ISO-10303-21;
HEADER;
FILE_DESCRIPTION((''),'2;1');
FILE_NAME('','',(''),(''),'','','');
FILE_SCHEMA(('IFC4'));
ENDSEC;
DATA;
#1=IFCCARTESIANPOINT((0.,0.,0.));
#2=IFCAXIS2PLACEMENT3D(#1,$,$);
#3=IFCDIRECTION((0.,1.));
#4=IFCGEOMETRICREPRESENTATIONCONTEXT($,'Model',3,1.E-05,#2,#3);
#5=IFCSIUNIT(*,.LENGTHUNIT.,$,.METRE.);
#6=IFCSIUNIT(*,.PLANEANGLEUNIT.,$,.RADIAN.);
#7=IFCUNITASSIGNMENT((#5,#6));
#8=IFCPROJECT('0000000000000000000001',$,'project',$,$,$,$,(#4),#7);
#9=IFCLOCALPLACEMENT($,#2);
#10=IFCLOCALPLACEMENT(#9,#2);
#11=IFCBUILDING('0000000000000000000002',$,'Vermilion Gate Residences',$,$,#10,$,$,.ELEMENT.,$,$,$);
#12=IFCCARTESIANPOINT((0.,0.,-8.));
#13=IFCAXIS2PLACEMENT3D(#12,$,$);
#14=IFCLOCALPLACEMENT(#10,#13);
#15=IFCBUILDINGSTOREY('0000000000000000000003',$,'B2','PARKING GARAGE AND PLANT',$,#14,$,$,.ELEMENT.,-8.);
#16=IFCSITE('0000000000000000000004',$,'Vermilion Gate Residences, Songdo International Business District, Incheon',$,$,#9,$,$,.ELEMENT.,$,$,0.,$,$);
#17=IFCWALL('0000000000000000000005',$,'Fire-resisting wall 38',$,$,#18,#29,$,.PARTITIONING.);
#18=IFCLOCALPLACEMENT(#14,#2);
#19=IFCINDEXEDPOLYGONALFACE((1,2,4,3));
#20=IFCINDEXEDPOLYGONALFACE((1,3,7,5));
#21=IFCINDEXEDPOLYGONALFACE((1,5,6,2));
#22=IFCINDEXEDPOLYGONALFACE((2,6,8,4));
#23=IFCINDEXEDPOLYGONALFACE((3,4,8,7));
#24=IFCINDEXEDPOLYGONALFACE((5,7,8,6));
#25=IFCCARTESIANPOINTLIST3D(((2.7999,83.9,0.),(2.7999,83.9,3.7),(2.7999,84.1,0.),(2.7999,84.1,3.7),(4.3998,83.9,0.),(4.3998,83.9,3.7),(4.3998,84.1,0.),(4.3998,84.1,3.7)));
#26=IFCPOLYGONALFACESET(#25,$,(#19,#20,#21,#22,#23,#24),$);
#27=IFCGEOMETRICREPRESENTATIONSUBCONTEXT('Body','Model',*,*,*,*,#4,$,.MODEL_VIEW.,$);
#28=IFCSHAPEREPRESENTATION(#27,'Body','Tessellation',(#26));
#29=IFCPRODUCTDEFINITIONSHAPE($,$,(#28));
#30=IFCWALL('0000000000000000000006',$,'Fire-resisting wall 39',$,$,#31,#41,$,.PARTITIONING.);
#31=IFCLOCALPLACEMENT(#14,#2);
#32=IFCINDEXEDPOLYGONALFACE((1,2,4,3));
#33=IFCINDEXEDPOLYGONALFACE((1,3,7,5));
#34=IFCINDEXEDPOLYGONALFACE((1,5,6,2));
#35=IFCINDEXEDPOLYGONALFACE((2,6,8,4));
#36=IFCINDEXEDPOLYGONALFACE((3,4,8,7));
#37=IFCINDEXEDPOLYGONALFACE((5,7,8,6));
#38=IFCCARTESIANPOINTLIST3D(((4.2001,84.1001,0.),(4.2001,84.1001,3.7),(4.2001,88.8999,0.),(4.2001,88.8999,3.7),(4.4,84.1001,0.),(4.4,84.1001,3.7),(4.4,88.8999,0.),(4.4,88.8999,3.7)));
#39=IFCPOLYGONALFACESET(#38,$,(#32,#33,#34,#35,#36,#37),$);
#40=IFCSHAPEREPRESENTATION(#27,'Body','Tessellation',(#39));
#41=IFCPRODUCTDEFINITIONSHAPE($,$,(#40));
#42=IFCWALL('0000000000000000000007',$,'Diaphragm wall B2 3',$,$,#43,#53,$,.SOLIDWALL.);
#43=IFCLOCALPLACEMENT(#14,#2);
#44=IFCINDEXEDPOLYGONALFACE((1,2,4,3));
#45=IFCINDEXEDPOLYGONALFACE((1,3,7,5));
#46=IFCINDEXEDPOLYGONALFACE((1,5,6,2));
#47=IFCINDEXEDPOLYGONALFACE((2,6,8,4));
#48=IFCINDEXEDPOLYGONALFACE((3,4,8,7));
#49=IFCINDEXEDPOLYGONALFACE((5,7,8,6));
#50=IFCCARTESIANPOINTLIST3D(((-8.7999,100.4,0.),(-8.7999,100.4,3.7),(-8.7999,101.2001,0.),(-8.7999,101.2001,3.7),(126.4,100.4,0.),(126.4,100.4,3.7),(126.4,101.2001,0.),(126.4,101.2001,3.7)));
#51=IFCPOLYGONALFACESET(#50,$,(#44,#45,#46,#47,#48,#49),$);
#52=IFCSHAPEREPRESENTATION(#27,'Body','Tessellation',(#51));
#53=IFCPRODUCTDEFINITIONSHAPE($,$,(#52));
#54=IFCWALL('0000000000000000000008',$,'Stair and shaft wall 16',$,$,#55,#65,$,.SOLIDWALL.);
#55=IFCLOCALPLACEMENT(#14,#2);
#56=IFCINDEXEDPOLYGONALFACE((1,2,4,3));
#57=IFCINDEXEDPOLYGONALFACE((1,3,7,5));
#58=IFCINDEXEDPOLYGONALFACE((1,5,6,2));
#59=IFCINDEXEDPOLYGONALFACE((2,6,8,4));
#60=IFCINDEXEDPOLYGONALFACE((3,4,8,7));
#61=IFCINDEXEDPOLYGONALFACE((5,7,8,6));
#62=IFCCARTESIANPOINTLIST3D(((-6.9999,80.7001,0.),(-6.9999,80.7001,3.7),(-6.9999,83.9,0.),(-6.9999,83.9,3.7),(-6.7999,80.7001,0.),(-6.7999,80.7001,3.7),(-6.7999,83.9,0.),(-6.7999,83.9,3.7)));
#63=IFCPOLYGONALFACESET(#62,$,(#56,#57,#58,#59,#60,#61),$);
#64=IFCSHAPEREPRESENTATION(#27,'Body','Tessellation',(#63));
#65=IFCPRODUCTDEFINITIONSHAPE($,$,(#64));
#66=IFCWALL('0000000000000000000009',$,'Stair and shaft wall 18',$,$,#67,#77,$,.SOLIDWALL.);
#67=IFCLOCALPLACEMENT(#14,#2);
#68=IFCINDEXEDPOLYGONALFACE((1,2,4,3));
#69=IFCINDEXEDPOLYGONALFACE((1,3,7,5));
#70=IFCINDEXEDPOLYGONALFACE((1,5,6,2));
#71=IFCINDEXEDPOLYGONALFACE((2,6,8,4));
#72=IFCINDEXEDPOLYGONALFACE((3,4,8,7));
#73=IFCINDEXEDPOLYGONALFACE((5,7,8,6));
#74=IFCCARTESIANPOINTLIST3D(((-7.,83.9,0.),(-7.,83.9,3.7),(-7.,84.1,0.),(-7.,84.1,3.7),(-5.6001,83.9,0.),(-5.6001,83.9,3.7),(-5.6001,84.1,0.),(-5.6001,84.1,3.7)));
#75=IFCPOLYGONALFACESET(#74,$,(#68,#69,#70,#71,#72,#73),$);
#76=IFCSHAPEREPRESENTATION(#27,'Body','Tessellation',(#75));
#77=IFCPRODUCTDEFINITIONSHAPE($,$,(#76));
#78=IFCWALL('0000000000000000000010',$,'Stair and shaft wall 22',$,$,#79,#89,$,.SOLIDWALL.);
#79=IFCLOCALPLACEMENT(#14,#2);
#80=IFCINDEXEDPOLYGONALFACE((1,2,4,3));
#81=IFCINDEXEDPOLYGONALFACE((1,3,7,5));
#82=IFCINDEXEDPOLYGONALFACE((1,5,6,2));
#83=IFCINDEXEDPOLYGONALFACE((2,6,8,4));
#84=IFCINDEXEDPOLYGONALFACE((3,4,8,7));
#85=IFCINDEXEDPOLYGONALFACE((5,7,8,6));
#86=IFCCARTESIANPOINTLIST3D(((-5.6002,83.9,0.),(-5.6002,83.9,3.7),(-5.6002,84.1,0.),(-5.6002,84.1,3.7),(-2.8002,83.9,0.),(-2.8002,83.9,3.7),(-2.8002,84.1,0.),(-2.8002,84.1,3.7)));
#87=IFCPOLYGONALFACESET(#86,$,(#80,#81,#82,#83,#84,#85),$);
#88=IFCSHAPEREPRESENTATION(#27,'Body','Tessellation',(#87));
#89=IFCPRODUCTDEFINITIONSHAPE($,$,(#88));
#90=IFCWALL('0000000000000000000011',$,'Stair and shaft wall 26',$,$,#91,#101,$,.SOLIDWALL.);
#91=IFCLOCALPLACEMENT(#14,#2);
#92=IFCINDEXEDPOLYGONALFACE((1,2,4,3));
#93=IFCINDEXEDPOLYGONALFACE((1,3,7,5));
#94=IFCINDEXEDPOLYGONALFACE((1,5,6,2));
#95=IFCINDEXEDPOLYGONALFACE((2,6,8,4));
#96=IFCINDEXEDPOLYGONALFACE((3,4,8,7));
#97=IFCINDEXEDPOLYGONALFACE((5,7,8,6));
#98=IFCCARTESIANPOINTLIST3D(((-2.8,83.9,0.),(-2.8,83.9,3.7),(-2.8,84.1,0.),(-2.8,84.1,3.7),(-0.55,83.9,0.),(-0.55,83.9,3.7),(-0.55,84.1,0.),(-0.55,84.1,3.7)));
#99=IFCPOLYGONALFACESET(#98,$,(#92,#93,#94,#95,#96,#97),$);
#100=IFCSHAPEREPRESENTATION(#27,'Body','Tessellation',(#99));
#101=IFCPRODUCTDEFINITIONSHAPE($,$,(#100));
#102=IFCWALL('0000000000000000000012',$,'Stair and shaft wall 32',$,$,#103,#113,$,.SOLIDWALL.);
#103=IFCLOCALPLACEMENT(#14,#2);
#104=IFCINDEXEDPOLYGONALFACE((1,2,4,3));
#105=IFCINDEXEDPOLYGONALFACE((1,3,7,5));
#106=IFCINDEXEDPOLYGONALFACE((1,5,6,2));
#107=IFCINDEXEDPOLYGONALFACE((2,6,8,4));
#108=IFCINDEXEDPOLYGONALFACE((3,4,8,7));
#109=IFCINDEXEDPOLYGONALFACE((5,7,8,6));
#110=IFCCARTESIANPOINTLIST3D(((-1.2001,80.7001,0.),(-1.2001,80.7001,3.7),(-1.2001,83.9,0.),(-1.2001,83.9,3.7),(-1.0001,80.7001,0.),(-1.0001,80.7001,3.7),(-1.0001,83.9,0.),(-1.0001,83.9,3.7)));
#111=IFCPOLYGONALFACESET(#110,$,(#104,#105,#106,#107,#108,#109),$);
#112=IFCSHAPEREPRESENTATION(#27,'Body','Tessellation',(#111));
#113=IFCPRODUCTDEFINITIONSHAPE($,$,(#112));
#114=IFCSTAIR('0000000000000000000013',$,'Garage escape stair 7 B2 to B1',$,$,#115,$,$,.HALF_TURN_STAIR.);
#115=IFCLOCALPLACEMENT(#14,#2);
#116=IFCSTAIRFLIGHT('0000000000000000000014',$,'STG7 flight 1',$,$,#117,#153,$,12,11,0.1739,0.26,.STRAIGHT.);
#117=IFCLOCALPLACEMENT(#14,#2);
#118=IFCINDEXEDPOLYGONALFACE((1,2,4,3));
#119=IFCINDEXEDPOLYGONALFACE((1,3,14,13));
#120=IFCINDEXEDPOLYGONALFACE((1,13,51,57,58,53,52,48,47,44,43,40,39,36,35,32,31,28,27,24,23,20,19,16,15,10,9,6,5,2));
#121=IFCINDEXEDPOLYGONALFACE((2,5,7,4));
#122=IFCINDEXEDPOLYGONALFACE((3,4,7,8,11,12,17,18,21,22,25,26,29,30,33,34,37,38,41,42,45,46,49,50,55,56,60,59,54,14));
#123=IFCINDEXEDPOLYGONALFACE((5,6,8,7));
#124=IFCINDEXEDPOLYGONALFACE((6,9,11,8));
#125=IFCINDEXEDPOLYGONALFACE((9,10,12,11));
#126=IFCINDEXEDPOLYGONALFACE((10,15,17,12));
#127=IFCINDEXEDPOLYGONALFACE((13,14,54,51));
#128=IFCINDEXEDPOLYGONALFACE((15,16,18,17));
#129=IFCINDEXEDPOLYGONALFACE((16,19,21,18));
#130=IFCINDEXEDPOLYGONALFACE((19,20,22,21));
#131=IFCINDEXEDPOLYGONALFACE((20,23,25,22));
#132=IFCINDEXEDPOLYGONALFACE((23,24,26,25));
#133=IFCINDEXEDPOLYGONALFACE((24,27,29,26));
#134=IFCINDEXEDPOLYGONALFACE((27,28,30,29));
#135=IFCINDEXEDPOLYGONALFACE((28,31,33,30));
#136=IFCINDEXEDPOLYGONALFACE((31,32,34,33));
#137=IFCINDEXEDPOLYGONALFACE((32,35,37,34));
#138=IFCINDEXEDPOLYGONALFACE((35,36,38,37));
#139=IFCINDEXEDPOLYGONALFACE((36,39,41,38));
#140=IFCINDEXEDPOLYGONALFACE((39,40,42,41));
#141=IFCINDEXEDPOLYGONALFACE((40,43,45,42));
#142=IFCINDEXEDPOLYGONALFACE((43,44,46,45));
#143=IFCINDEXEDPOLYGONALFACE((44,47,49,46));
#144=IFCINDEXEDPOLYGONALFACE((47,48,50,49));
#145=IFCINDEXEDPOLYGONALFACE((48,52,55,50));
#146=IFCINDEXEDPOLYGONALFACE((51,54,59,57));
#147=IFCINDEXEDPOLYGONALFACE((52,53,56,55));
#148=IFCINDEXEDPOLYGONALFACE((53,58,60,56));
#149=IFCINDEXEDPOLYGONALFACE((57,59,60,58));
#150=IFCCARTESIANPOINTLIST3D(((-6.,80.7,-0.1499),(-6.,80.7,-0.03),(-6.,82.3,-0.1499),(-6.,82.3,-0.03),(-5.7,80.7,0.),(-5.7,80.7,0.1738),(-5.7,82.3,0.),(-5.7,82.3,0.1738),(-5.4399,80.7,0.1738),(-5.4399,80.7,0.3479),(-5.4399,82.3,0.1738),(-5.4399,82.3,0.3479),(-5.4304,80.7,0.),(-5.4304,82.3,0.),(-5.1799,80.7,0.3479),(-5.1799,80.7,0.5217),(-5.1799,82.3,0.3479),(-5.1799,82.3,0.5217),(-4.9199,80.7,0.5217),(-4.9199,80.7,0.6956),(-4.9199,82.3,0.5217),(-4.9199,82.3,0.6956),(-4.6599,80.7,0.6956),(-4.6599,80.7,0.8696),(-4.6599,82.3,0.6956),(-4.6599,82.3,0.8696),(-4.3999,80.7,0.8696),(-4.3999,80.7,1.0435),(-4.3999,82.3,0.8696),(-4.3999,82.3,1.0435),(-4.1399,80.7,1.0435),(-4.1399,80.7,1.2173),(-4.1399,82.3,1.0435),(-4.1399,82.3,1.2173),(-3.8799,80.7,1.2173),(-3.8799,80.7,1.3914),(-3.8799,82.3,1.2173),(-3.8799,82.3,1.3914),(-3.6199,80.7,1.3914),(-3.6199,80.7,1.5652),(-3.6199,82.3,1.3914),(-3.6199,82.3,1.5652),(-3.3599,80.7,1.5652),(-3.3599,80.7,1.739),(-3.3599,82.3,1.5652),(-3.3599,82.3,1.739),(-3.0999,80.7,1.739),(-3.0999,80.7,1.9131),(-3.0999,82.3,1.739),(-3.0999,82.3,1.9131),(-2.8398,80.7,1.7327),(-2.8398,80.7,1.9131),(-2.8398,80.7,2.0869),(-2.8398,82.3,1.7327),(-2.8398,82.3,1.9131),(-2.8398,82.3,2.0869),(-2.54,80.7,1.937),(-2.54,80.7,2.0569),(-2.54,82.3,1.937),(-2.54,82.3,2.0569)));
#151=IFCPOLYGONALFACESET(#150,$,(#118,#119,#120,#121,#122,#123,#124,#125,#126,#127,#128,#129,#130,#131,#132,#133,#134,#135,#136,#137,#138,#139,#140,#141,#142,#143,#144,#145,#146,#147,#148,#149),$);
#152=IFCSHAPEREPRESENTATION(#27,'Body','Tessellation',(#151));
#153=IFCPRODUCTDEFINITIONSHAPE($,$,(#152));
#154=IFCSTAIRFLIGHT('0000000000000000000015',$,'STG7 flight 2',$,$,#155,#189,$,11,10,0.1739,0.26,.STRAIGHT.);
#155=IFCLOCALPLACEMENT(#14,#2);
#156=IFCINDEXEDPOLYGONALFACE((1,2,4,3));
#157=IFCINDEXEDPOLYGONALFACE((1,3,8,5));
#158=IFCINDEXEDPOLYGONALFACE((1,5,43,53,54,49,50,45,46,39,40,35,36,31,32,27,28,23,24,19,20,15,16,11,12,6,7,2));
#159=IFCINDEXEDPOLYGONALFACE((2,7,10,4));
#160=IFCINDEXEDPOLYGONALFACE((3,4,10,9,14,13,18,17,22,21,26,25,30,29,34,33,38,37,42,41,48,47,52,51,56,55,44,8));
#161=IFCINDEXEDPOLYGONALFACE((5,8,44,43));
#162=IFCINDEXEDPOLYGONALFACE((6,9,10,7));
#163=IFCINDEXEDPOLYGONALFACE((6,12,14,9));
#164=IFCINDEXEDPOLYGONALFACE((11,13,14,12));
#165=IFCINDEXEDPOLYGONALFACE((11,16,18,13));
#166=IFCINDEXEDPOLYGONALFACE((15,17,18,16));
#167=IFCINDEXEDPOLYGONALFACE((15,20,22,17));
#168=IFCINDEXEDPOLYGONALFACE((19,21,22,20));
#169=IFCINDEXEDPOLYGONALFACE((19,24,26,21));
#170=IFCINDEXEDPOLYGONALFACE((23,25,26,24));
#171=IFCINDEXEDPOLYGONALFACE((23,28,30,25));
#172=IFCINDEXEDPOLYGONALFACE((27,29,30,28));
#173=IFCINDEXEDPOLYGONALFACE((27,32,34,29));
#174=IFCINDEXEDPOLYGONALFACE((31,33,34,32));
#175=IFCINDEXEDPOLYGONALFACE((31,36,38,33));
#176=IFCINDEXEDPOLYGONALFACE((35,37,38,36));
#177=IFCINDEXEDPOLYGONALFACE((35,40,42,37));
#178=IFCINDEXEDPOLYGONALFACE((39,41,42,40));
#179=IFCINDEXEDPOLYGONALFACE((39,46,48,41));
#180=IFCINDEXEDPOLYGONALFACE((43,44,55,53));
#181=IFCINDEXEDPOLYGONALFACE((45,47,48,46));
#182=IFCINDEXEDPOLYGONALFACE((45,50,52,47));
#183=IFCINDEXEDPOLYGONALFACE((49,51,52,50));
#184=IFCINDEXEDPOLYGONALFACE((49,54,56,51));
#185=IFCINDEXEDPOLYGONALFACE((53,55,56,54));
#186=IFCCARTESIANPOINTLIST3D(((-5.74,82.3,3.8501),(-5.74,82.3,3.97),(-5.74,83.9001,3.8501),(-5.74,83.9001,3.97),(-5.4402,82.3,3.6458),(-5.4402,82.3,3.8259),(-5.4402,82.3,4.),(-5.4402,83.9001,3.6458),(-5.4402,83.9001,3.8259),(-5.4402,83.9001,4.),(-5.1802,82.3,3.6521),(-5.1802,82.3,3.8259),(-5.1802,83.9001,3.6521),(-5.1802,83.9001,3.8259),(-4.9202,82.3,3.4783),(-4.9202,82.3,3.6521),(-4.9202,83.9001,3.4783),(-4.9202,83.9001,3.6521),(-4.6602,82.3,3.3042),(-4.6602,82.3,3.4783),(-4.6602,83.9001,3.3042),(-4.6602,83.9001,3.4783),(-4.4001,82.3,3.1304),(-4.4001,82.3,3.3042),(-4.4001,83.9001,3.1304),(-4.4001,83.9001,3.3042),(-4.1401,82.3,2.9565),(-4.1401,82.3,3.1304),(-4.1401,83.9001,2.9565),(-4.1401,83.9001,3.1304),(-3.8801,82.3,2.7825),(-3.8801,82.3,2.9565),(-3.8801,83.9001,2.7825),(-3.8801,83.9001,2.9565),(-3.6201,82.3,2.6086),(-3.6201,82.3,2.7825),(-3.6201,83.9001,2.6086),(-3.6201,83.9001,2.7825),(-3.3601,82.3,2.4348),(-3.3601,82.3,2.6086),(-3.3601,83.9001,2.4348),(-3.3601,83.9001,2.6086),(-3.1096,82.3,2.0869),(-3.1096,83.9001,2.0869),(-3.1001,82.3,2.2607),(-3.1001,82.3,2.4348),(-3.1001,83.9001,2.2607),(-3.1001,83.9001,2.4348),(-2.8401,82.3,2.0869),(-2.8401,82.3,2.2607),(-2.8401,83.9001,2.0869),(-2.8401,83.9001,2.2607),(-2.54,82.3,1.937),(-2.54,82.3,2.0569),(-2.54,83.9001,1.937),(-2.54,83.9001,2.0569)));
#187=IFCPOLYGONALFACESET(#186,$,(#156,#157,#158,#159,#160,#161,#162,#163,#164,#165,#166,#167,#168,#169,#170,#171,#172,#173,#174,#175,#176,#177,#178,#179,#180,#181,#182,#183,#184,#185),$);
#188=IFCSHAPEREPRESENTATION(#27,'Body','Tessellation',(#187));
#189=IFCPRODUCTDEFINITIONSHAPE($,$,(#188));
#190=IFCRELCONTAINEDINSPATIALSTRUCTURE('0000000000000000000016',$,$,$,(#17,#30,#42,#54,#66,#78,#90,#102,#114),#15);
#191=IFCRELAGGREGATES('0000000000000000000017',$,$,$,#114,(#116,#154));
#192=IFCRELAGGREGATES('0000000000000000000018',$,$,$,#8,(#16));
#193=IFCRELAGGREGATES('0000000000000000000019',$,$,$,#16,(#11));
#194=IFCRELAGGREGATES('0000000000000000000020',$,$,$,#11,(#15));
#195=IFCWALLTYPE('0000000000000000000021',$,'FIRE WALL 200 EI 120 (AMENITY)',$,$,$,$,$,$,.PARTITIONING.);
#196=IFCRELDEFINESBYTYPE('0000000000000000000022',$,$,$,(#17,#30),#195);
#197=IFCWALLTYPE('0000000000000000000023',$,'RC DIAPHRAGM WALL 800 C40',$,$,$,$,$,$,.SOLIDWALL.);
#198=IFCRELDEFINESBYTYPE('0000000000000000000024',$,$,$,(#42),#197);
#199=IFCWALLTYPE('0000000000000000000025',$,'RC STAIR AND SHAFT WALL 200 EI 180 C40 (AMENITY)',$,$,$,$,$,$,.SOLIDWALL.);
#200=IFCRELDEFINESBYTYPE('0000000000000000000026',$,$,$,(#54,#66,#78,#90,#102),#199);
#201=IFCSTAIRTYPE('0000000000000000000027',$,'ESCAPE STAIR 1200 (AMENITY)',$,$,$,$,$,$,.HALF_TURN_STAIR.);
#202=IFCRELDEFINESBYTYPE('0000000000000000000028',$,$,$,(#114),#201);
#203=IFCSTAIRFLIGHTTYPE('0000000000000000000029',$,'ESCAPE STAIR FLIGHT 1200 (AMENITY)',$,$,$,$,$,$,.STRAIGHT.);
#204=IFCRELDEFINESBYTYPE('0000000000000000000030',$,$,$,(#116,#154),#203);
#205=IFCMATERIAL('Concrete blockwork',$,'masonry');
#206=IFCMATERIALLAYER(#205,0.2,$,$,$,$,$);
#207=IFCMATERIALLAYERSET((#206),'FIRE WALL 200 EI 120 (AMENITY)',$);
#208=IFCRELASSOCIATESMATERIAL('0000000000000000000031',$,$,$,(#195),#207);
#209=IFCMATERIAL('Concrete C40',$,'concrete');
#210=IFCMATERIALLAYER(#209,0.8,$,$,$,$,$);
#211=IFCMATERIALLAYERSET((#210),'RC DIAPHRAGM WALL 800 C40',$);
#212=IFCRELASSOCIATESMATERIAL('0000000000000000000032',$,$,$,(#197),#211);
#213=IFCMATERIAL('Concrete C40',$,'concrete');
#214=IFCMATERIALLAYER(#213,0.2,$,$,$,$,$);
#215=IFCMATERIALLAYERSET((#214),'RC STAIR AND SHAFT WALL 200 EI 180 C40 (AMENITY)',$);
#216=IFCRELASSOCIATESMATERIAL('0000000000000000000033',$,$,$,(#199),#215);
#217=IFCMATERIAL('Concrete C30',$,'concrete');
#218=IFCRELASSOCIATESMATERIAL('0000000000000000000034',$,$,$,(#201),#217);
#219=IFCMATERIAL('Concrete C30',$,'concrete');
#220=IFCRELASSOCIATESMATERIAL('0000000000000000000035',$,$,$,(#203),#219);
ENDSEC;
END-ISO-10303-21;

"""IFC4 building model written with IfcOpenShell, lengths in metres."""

from ifc_helpers import new_model, si_unit, direction, frame, frame_2d, origin, place, context, subcontext, project, spatial, polyline, rectangle, outline, extrude, material, layer, layer_set, type_object, element, aggregate, save


model = new_model("IFC4")

# Units and contexts
model_context = context("Model", 3, precision=1e-05, world=origin(), true_north=direction((0.0, 1.0)))
body_context = subcontext(model_context, "Body", "Model", "MODEL_VIEW")
ifc_project = project(units=[si_unit("LENGTHUNIT", "METRE"), si_unit("PLANEANGLEUNIT", "RADIAN")], contexts=[model_context])

# Site, building, storey
site_placement = place(None, origin())
site = spatial("IfcSite", under=ifc_project, at=site_placement, Name="Vermilion Gate Residences, Songdo International Business District, Incheon", CompositionType="ELEMENT", RefElevation=0.0)
building_placement = place(site_placement, origin())
building = spatial("IfcBuilding", under=site, at=building_placement, Name="Vermilion Gate Residences", CompositionType="ELEMENT")
storey_placement = place(building_placement, frame((0.0, 0.0, -8.0)))
storey = spatial("IfcBuildingStorey", under=building, at=storey_placement, Name="B2", Description="PARKING GARAGE AND PLANT", CompositionType="ELEMENT", Elevation=-8.0)

# Shared definitions
ifc_material_1 = material(Name="Concrete blockwork", Category="masonry")
ifc_layer_1 = layer(ifc_material_1, 0.2)
ifc_layer_set_1 = layer_set([ifc_layer_1], Name="FIRE WALL 200 EI 120 (AMENITY)")
wall_type_1 = type_object("IfcWallType", Name="FIRE WALL 200 EI 120 (AMENITY)", PredefinedType="PARTITIONING", material=ifc_layer_set_1)

# Walls
wall_1_placement = place(storey_placement, frame((2.8, 84.0, 0.0), z_axis=(0.0, 0.0, 1.0), x_axis=(1.0, 0.0, 0.0)))
element("IfcWall", 1, at=wall_1_placement, inside=storey, type_object=wall_type_1, Name="Fire-resisting wall 38", PredefinedType="PARTITIONING", context=body_context, shape_type="SweptSolid", body=[
    extrude(rectangle(XDim=1.5999, YDim=0.2, at=frame_2d((0.7998, 0.0))), origin(), (0.0, 0.0, 1.0), 3.7),
])
wall_2_placement = place(storey_placement, frame((4.3, 84.1001, 0.0), z_axis=(0.0, 0.0, 1.0), x_axis=(0.0, 1.0, 0.0)))
element("IfcWall", 2, at=wall_2_placement, inside=storey, type_object=wall_type_1, Name="Fire-resisting wall 39", PredefinedType="PARTITIONING", context=body_context, shape_type="SweptSolid", body=[
    extrude(rectangle(XDim=4.7998, YDim=0.2, at=frame_2d((2.3999, 0.0))), origin(), (0.0, 0.0, 1.0), 3.7),
])
ifc_material_2 = material(Name="Concrete C40", Category="concrete")
ifc_layer_2 = layer(ifc_material_2, 0.8)
ifc_layer_set_2 = layer_set([ifc_layer_2], Name="RC DIAPHRAGM WALL 800 C40")
wall_type_2 = type_object("IfcWallType", Name="RC DIAPHRAGM WALL 800 C40", PredefinedType="SOLIDWALL", material=ifc_layer_set_2)
wall_3_placement = place(storey_placement, frame((-8.8, 100.8, 0.0), z_axis=(0.0, 0.0, 1.0), x_axis=(1.0, 0.0, 0.0)))
element("IfcWall", 3, at=wall_3_placement, inside=storey, type_object=wall_type_2, Name="Diaphragm wall B2 3", PredefinedType="SOLIDWALL", context=body_context, shape_type="SweptSolid", body=[
    extrude(rectangle(XDim=135.2, YDim=0.8, at=frame_2d((67.6001, 0.0))), origin(), (0.0, 0.0, 1.0), 3.7),
])
ifc_material_3 = material(Name="Concrete C40", Category="concrete")
ifc_layer_3 = layer(ifc_material_3, 0.2)
ifc_layer_set_3 = layer_set([ifc_layer_3], Name="RC STAIR AND SHAFT WALL 200 EI 180 C40 (AMENITY)")
wall_type_3 = type_object("IfcWallType", Name="RC STAIR AND SHAFT WALL 200 EI 180 C40 (AMENITY)", PredefinedType="SOLIDWALL", material=ifc_layer_set_3)
wall_4_placement = place(storey_placement, frame((-6.8999, 80.7, 0.0), z_axis=(0.0, 0.0, 1.0), x_axis=(0.0, 1.0, 0.0)))
element("IfcWall", 4, at=wall_4_placement, inside=storey, type_object=wall_type_3, Name="Stair and shaft wall 16", PredefinedType="SOLIDWALL", context=body_context, shape_type="SweptSolid", body=[
    extrude(rectangle(XDim=3.2, YDim=0.2, at=frame_2d((1.6001, 0.0))), origin(), (0.0, 0.0, 1.0), 3.7),
])
wall_5_placement = place(storey_placement, frame((-7.0, 84.0, 0.0), z_axis=(0.0, 0.0, 1.0), x_axis=(1.0, 0.0, 0.0)))
element("IfcWall", 5, at=wall_5_placement, inside=storey, type_object=wall_type_3, Name="Stair and shaft wall 18", PredefinedType="SOLIDWALL", context=body_context, shape_type="SweptSolid", body=[
    extrude(rectangle(XDim=1.3999, YDim=0.2, at=frame_2d((0.7, 0.0))), origin(), (0.0, 0.0, 1.0), 3.7),
])
wall_6_placement = place(storey_placement, frame((-5.6001, 84.0, 0.0), z_axis=(0.0, 0.0, 1.0), x_axis=(1.0, 0.0, 0.0)))
element("IfcWall", 6, at=wall_6_placement, inside=storey, type_object=wall_type_3, Name="Stair and shaft wall 22", PredefinedType="SOLIDWALL", context=body_context, shape_type="SweptSolid", body=[
    extrude(rectangle(XDim=2.8, YDim=0.2, at=frame_2d((1.3999, 0.0))), origin(), (0.0, 0.0, 1.0), 3.7),
])
wall_7_placement = place(storey_placement, frame((-2.8, 84.0, 0.0), z_axis=(0.0, 0.0, 1.0), x_axis=(1.0, 0.0, 0.0)))
element("IfcWall", 7, at=wall_7_placement, inside=storey, type_object=wall_type_3, Name="Stair and shaft wall 26", PredefinedType="SOLIDWALL", context=body_context, shape_type="SweptSolid", body=[
    extrude(rectangle(XDim=2.25, YDim=0.2, at=frame_2d((1.125, 0.0))), origin(), (0.0, 0.0, 1.0), 3.7),
])
wall_8_placement = place(storey_placement, frame((-1.1001, 80.7, 0.0), z_axis=(0.0, 0.0, 1.0), x_axis=(0.0, 1.0, 0.0)))
element("IfcWall", 8, at=wall_8_placement, inside=storey, type_object=wall_type_3, Name="Stair and shaft wall 32", PredefinedType="SOLIDWALL", context=body_context, shape_type="SweptSolid", body=[
    extrude(rectangle(XDim=3.2, YDim=0.2, at=frame_2d((1.6001, 0.0))), origin(), (0.0, 0.0, 1.0), 3.7),
])

# Stair, stair flights
ifc_material_4 = material(Name="Concrete C30", Category="concrete")
stair_type = type_object("IfcStairType", Name="ESCAPE STAIR 1200 (AMENITY)", PredefinedType="HALF_TURN_STAIR", material=ifc_material_4)
stair_placement = place(storey_placement, origin())
stair = element("IfcStair", 9, at=stair_placement, inside=storey, type_object=stair_type, Name="Garage escape stair 7 B2 to B1", PredefinedType="HALF_TURN_STAIR")
ifc_material_5 = material(Name="Concrete C30", Category="concrete")
stair_flight_type = type_object("IfcStairFlightType", Name="ESCAPE STAIR FLIGHT 1200 (AMENITY)", PredefinedType="STRAIGHT", material=ifc_material_5)
stair_flight_1_placement = place(storey_placement, frame((-5.7, 81.5, 0.0), z_axis=(0.0, 0.0, 1.0), x_axis=(1.0, 0.0, 0.0)))
stair_flight_1 = element("IfcStairFlight", 10, at=stair_flight_1_placement, type_object=stair_flight_type, Name="STG7 flight 1", NumberOfRisers=12, NumberOfTreads=11, PredefinedType="STRAIGHT", RiserHeight=0.1739, TreadLength=0.26, context=body_context, shape_type="SweptSolid", body=[
    extrude(outline(polyline([(-0.3, -0.1499), (-0.3, -0.03), (0.0, 0.0), (0.0, 0.1738), (0.26, 0.1738), (0.26, 0.3479), (0.52, 0.3479), (0.52, 0.5217), (0.78, 0.5217), (0.78, 0.6956), (1.04, 0.6956), (1.04, 0.8696), (1.3, 0.8696), (1.3, 1.0435), (1.5601, 1.0435), (1.5601, 1.2173), (1.8201, 1.2173), (1.8201, 1.3914), (2.0801, 1.3914), (2.0801, 1.5652), (2.3401, 1.5652), (2.3401, 1.739), (2.6001, 1.739), (2.6001, 1.9131), (2.8601, 1.9131), (2.8601, 2.0869), (3.1599, 2.0569), (3.1599, 1.937), (2.8601, 1.7327), (0.2695, 0.0), (-0.3, -0.1499)])), frame((0.0, 0.8, 0.0), z_axis=(0.0, -1.0, 0.0), x_axis=(1.0, 0.0, 0.0)), (0.0, 0.0, 1.0), 1.6001),
])
stair_flight_2_placement = place(storey_placement, frame((-2.8401, 83.1001, 2.0869), z_axis=(0.0, 0.0, 1.0), x_axis=(-1.0, 0.0, 0.0)))
stair_flight_2 = element("IfcStairFlight", 11, at=stair_flight_2_placement, type_object=stair_flight_type, Name="STG7 flight 2", NumberOfRisers=11, NumberOfTreads=10, PredefinedType="STRAIGHT", RiserHeight=0.1739, TreadLength=0.26, context=body_context, shape_type="SweptSolid", body=[
    extrude(outline(polyline([(-0.3, -0.1499), (-0.3, -0.03), (0.0, 0.0), (0.0, 0.1738), (0.26, 0.1738), (0.26, 0.3479), (0.52, 0.3479), (0.52, 0.5217), (0.78, 0.5217), (0.78, 0.6956), (1.04, 0.6956), (1.04, 0.8696), (1.3, 0.8696), (1.3, 1.0435), (1.5601, 1.0435), (1.5601, 1.2173), (1.8201, 1.2173), (1.8201, 1.3914), (2.0801, 1.3914), (2.0801, 1.5652), (2.3401, 1.5652), (2.3401, 1.739), (2.6001, 1.739), (2.6001, 1.9131), (2.8999, 1.8831), (2.8999, 1.7632), (2.6001, 1.5588), (0.2695, 0.0), (-0.3, -0.1499)])), frame((0.0, 0.8, 0.0), z_axis=(0.0, -1.0, 0.0), x_axis=(1.0, 0.0, 0.0)), (0.0, 0.0, 1.0), 1.6001),
])
aggregate(stair, [stair_flight_1, stair_flight_2])

save(model, "model.ifc")
